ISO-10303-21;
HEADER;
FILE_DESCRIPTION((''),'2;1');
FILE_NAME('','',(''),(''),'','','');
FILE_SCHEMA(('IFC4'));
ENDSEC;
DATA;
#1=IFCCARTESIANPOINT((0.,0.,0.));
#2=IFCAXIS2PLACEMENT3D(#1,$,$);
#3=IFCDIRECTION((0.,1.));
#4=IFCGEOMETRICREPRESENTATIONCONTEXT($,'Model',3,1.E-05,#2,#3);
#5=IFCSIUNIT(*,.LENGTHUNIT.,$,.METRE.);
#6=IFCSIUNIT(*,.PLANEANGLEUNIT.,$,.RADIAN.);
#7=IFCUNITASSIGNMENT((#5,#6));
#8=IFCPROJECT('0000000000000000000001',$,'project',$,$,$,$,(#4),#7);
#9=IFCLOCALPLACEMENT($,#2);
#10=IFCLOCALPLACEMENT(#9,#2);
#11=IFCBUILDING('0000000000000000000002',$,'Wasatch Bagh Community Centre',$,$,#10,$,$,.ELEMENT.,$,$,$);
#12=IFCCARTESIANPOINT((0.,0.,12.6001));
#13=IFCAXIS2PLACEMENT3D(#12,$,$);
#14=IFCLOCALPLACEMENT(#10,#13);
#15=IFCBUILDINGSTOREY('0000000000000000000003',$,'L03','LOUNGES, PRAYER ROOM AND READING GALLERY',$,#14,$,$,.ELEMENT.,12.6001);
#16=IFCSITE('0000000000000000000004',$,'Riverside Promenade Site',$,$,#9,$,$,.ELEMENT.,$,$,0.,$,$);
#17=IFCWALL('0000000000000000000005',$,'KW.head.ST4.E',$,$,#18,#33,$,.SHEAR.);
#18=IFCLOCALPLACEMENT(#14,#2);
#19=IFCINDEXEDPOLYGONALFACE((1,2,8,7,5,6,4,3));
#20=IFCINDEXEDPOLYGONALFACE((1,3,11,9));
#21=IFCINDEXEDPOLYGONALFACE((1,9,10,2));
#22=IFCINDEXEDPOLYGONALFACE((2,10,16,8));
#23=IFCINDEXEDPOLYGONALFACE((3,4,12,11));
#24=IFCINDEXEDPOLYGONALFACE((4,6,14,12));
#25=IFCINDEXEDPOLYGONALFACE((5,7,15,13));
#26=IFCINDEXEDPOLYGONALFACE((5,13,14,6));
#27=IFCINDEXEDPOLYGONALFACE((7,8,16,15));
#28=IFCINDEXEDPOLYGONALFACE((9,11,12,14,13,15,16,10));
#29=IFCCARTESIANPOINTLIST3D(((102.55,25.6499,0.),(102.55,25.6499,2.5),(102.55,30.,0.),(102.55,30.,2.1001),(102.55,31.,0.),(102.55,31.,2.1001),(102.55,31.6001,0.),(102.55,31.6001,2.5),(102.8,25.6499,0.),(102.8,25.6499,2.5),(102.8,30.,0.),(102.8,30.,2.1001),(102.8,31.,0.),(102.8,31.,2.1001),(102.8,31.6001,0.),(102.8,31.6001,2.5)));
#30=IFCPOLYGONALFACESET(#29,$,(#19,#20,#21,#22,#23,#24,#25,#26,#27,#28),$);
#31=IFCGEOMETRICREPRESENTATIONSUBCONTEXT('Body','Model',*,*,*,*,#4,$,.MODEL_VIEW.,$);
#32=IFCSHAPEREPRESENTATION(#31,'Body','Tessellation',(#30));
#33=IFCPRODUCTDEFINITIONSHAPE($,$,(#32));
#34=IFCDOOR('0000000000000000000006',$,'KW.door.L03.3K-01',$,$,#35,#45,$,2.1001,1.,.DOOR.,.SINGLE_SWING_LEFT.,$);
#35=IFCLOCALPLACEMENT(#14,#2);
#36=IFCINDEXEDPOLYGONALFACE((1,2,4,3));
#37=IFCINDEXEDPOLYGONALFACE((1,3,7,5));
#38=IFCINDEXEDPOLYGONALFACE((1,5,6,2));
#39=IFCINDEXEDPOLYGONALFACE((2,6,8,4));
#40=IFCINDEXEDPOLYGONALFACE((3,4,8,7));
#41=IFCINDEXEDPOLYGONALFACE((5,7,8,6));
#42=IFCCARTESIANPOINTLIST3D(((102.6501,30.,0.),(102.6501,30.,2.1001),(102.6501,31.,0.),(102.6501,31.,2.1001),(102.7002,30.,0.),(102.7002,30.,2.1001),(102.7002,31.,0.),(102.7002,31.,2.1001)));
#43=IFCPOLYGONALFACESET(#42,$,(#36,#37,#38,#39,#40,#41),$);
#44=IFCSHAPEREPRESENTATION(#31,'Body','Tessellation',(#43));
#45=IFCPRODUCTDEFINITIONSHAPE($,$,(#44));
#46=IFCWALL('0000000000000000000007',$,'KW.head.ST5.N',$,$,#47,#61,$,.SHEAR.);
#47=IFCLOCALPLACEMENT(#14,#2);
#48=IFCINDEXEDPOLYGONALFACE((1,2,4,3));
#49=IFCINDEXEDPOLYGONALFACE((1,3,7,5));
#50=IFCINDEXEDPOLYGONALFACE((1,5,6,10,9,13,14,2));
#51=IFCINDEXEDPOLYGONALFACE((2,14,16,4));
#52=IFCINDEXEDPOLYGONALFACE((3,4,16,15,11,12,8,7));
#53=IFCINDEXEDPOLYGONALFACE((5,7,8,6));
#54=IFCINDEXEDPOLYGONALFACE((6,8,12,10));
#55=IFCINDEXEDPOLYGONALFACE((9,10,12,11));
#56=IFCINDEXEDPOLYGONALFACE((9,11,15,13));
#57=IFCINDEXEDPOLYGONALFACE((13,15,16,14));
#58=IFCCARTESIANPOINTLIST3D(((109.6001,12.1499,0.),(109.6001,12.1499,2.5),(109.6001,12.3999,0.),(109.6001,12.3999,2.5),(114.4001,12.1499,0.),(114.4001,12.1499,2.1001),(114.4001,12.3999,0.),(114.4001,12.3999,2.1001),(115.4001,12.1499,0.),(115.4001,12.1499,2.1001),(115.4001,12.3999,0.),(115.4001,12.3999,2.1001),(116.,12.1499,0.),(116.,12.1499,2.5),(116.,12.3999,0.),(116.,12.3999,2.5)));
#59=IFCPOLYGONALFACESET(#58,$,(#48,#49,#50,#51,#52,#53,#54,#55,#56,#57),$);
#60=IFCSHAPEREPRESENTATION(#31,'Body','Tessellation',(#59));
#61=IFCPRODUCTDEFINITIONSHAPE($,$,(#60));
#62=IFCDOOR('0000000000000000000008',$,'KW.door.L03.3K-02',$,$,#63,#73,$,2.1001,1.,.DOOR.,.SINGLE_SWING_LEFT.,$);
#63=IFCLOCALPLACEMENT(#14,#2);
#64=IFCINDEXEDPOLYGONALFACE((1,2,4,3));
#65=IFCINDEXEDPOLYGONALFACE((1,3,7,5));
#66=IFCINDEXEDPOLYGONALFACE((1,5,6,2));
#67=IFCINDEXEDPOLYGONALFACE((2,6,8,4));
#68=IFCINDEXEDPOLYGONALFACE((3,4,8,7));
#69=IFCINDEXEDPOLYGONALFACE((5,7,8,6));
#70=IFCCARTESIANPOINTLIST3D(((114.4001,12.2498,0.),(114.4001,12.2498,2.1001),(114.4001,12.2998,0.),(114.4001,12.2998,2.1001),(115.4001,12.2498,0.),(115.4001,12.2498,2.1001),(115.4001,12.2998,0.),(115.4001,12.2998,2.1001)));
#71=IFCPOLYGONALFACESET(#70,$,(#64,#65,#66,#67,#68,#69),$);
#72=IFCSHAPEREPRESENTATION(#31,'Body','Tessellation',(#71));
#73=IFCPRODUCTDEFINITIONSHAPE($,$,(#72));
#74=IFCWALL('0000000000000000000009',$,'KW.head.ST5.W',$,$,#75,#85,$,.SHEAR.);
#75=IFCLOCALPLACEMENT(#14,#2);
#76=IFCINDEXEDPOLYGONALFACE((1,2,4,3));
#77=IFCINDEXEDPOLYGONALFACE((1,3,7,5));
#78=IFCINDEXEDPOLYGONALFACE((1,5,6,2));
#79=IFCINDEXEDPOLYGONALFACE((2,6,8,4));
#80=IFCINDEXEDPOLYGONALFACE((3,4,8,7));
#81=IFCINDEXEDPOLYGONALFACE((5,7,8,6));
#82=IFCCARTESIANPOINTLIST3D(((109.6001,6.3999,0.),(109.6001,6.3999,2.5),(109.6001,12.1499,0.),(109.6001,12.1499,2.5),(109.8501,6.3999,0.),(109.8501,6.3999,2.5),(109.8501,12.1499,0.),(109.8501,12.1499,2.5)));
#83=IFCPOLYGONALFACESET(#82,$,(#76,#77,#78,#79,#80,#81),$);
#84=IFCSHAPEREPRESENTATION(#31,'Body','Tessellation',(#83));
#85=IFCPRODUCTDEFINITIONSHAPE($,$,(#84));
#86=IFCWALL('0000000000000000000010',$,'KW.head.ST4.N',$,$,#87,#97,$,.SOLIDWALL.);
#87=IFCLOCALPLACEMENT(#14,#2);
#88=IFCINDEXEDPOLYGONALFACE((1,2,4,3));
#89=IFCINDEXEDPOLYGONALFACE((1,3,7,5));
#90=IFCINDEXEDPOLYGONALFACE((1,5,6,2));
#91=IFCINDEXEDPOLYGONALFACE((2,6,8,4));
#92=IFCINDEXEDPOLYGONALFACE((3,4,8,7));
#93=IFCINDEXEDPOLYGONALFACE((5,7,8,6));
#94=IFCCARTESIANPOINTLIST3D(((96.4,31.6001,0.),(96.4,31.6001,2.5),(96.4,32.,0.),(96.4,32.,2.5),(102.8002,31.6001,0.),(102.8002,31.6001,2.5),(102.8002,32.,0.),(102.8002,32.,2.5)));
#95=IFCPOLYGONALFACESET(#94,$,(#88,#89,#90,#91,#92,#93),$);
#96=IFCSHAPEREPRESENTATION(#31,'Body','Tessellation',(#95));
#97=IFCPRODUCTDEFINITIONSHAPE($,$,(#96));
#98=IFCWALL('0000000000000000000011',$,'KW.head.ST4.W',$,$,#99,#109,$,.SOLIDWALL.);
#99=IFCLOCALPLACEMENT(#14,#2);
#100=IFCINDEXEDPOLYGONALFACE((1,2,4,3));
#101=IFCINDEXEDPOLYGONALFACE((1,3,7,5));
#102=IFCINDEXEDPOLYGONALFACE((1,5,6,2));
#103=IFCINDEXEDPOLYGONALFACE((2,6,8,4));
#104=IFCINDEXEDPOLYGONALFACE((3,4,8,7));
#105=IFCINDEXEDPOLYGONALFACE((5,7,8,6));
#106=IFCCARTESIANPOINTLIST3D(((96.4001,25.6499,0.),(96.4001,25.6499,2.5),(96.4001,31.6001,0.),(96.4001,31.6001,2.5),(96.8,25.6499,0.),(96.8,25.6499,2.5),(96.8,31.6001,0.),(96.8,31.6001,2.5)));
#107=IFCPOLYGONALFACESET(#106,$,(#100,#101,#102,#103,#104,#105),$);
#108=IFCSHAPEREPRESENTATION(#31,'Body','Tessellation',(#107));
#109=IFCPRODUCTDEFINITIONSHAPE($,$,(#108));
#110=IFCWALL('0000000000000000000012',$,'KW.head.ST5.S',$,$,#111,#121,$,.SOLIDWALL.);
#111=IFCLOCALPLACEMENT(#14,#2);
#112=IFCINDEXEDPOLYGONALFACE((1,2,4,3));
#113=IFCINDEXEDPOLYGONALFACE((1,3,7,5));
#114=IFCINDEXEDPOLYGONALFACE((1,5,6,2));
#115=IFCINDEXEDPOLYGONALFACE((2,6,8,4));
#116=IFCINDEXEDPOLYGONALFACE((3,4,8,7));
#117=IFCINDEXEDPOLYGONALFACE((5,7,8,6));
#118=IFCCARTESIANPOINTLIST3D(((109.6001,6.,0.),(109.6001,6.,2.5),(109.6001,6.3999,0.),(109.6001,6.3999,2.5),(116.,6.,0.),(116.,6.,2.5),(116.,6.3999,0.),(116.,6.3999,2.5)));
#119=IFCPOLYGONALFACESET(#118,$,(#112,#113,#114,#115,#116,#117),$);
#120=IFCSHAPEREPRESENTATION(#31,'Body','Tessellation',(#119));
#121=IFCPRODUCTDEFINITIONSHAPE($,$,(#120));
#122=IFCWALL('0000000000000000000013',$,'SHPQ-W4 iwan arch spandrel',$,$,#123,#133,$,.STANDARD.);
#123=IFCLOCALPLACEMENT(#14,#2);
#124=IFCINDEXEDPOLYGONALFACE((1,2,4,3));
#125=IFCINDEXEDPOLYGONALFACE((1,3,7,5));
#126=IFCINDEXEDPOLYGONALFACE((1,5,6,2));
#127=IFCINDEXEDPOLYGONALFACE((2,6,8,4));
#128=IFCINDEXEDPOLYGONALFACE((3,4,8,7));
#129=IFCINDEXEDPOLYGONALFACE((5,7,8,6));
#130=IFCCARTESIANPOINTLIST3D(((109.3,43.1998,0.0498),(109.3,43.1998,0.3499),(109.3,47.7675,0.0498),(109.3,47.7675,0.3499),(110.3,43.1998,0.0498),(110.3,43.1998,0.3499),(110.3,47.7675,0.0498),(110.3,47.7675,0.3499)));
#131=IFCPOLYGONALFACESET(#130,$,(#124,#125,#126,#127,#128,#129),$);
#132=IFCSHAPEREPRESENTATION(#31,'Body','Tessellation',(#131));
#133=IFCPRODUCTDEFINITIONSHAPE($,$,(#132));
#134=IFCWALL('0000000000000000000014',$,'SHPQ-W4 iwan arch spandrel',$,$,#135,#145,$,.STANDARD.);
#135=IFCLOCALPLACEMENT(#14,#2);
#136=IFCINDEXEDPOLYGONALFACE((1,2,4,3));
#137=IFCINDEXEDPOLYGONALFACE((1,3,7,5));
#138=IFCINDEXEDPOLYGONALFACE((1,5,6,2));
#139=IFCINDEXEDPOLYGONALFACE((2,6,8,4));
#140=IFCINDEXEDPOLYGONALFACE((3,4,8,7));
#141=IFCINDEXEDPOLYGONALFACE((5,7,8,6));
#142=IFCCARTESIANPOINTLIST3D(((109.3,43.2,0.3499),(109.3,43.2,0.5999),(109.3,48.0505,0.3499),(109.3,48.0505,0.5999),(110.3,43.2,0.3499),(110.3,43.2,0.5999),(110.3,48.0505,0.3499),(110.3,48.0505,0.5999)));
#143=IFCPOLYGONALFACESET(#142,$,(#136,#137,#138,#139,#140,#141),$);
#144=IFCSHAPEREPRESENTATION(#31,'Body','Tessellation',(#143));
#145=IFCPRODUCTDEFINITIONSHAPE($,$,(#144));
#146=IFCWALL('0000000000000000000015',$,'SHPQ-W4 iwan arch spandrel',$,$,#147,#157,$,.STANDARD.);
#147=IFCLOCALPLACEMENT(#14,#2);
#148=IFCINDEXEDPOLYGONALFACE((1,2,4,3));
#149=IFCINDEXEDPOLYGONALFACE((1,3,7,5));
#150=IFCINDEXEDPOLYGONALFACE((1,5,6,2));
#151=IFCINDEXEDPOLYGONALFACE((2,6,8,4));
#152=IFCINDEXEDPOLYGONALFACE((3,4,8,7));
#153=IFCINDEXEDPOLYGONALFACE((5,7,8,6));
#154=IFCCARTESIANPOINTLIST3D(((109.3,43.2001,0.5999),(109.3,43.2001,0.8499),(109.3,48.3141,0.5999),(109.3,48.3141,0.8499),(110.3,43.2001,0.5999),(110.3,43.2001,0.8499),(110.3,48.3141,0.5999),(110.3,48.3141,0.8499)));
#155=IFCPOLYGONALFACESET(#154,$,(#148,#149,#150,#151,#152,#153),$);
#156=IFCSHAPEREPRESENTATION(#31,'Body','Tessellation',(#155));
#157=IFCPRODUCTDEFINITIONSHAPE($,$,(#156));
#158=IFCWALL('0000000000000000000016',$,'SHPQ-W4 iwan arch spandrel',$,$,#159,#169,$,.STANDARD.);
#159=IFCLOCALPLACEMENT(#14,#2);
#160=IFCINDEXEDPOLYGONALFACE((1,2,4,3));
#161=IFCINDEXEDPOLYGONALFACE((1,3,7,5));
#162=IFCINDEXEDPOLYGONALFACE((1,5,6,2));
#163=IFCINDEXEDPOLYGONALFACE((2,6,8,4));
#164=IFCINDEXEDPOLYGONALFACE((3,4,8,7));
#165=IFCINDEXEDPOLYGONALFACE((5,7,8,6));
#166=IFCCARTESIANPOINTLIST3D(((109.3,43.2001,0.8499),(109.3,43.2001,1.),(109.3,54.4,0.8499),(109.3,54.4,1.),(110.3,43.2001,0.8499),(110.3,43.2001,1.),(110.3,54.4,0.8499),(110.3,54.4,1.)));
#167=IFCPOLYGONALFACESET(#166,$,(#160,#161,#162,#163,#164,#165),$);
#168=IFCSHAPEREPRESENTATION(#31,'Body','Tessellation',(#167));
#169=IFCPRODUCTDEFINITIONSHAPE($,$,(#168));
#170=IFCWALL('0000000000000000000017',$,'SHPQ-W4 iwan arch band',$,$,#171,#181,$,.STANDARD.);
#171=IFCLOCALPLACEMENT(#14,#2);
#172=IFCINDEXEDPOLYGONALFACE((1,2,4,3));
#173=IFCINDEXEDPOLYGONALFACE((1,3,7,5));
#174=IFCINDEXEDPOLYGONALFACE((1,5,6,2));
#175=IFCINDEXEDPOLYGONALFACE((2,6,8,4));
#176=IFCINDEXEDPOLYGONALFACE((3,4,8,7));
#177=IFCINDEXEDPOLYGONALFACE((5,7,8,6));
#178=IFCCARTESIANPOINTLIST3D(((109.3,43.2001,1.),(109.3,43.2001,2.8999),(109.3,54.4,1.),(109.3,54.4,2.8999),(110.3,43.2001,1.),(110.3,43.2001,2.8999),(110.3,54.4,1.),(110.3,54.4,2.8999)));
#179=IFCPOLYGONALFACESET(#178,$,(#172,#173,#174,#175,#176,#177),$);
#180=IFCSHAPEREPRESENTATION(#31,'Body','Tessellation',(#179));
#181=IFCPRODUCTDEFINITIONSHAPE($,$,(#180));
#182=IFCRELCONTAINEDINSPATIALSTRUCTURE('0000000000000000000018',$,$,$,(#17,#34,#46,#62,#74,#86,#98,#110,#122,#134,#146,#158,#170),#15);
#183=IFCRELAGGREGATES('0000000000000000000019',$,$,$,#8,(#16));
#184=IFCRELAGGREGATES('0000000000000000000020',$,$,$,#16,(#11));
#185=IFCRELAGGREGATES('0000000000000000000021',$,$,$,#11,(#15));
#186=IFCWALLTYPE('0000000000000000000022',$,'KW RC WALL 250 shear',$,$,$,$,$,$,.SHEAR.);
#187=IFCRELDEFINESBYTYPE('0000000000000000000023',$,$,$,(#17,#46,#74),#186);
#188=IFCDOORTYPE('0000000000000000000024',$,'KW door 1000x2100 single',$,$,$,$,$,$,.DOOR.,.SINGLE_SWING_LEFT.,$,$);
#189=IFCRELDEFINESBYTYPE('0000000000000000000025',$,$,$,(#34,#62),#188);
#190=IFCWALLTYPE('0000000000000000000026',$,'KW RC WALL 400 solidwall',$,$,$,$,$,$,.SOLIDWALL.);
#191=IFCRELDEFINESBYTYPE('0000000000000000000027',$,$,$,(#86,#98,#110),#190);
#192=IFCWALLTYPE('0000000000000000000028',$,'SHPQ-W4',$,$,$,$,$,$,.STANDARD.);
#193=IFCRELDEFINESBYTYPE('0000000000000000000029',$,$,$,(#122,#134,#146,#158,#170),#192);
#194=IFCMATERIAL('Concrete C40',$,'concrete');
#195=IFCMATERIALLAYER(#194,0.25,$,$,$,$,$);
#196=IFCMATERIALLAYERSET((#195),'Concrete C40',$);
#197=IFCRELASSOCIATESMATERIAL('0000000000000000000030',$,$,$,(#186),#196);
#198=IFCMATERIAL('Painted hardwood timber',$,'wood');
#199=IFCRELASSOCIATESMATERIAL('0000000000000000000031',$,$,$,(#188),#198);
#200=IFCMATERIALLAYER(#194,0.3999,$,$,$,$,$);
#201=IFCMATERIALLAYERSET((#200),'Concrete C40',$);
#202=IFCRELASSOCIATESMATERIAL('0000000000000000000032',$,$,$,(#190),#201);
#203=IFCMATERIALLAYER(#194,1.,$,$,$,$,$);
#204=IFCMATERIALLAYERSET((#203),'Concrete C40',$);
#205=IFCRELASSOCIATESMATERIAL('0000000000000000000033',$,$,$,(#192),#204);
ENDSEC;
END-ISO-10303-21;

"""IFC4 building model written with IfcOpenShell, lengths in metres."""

from ifc_helpers import new_model, si_unit, direction, frame, frame_2d, origin, place, context, subcontext, project, spatial, rectangle, extrude, material, layer, layer_set, type_object, element, fill, save


model = new_model("IFC4")

# Units and contexts
model_context = context("Model", 3, precision=1e-05, world=origin(), true_north=direction((0.0, 1.0)))
body_context = subcontext(model_context, "Body", "Model", "MODEL_VIEW")
ifc_project = project(units=[si_unit("LENGTHUNIT", "METRE"), si_unit("PLANEANGLEUNIT", "RADIAN")], contexts=[model_context])

# Site, building, storey
site_placement = place(None, origin())
site = spatial("IfcSite", under=ifc_project, at=site_placement, Name="Riverside Promenade Site", CompositionType="ELEMENT", RefElevation=0.0)
building_placement = place(site_placement, origin())
building = spatial("IfcBuilding", under=site, at=building_placement, Name="Wasatch Bagh Community Centre", CompositionType="ELEMENT")
storey_placement = place(building_placement, frame((0.0, 0.0, 12.6001)))
storey = spatial("IfcBuildingStorey", under=building, at=storey_placement, Name="L03", Description="LOUNGES, PRAYER ROOM AND READING GALLERY", CompositionType="ELEMENT", Elevation=12.6001)

# Shared definitions
ifc_material_1 = material(Name="Concrete C40", Category="concrete")
ifc_layer_1 = layer(ifc_material_1, 0.25)
ifc_layer_set_1 = layer_set([ifc_layer_1], Name="Concrete C40")
wall_type_1 = type_object("IfcWallType", Name="KW RC WALL 250 shear", PredefinedType="SHEAR", material=ifc_layer_set_1)

# Walls, openings, doors
wall_1_placement = place(storey_placement, frame((102.675, 25.6499, 0.0), z_axis=(0.0, 0.0, 1.0), x_axis=(0.0, 1.0, 0.0)))
wall_1 = element("IfcWall", 1, at=wall_1_placement, inside=storey, type_object=wall_type_1, Name="KW.head.ST4.E", PredefinedType="SHEAR", context=body_context, shape_type="SweptSolid", body=[
    extrude(rectangle(XDim=5.9502, YDim=0.25, at=frame_2d((2.9751, 0.0))), origin(), (0.0, 0.0, 1.0), 2.5),
])
opening_1_placement = place(wall_1_placement, frame((4.3501, 0.0, 0.0)))
opening_1 = element("IfcOpeningElement", 2, at=opening_1_placement, cuts=wall_1, PredefinedType="OPENING", context=body_context, shape_type="SweptSolid", body=[
    extrude(rectangle(XDim=1.0, YDim=2.1001, at=frame_2d((0.5, 1.05))), frame((0.0, 0.135, 0.0), z_axis=(0.0, -1.0, 0.0), x_axis=(1.0, 0.0, 0.0)), (0.0, 0.0, 1.0), 0.27),
])
ifc_material_2 = material(Name="Painted hardwood timber", Category="wood")
door_type = type_object("IfcDoorType", Name="KW door 1000x2100 single", OperationType="SINGLE_SWING_LEFT", PredefinedType="DOOR", material=ifc_material_2)
door_1_placement = place(opening_1_placement, origin())
door_1 = element("IfcDoor", 3, at=door_1_placement, inside=storey, type_object=door_type, Name="KW.door.L03.3K-01", OperationType="SINGLE_SWING_LEFT", OverallHeight=2.1001, OverallWidth=1.0, PredefinedType="DOOR", context=body_context, shape_type="SweptSolid", body=[
    extrude(rectangle(XDim=1.0, YDim=2.1001, at=frame_2d((0.5, 1.05))), frame((0.0, 0.0249, 0.0), z_axis=(0.0, -1.0, 0.0), x_axis=(1.0, 0.0, 0.0)), (0.0, 0.0, 1.0), 0.05),
])
fill(opening_1, door_1)
wall_2_placement = place(storey_placement, frame((109.6001, 12.2749, 0.0), z_axis=(0.0, 0.0, 1.0), x_axis=(1.0, 0.0, 0.0)))
wall_2 = element("IfcWall", 4, at=wall_2_placement, inside=storey, type_object=wall_type_1, Name="KW.head.ST5.N", PredefinedType="SHEAR", context=body_context, shape_type="SweptSolid", body=[
    extrude(rectangle(XDim=6.3999, YDim=0.25, at=frame_2d((3.2, 0.0))), origin(), (0.0, 0.0, 1.0), 2.5),
])
opening_2_placement = place(wall_2_placement, frame((4.8, 0.0, 0.0)))
opening_2 = element("IfcOpeningElement", 5, at=opening_2_placement, cuts=wall_2, PredefinedType="OPENING", context=body_context, shape_type="SweptSolid", body=[
    extrude(rectangle(XDim=1.0, YDim=2.1001, at=frame_2d((0.5, 1.05))), frame((0.0, 0.135, 0.0), z_axis=(0.0, -1.0, 0.0), x_axis=(1.0, 0.0, 0.0)), (0.0, 0.0, 1.0), 0.27),
])
door_2_placement = place(opening_2_placement, origin())
door_2 = element("IfcDoor", 6, at=door_2_placement, inside=storey, type_object=door_type, Name="KW.door.L03.3K-02", OperationType="SINGLE_SWING_LEFT", OverallHeight=2.1001, OverallWidth=1.0, PredefinedType="DOOR", context=body_context, shape_type="SweptSolid", body=[
    extrude(rectangle(XDim=1.0, YDim=2.1001, at=frame_2d((0.5, 1.05))), frame((0.0, 0.0249, 0.0), z_axis=(0.0, -1.0, 0.0), x_axis=(1.0, 0.0, 0.0)), (0.0, 0.0, 1.0), 0.05),
])
fill(opening_2, door_2)

# Walls
wall_3_placement = place(storey_placement, frame((109.7251, 6.3999, 0.0), z_axis=(0.0, 0.0, 1.0), x_axis=(0.0, 1.0, 0.0)))
element("IfcWall", 7, at=wall_3_placement, inside=storey, type_object=wall_type_1, Name="KW.head.ST5.W", PredefinedType="SHEAR", context=body_context, shape_type="SweptSolid", body=[
    extrude(rectangle(XDim=5.75, YDim=0.25, at=frame_2d((2.875, 0.0))), origin(), (0.0, 0.0, 1.0), 2.5),
])
ifc_layer_2 = layer(ifc_material_1, 0.3999)
ifc_layer_set_2 = layer_set([ifc_layer_2], Name="Concrete C40")
wall_type_2 = type_object("IfcWallType", Name="KW RC WALL 400 solidwall", PredefinedType="SOLIDWALL", material=ifc_layer_set_2)
wall_4_placement = place(storey_placement, frame((96.3999, 31.8, 0.0), z_axis=(0.0, 0.0, 1.0), x_axis=(1.0, 0.0, 0.0)))
element("IfcWall", 8, at=wall_4_placement, inside=storey, type_object=wall_type_2, Name="KW.head.ST4.N", PredefinedType="SOLIDWALL", context=body_context, shape_type="SweptSolid", body=[
    extrude(rectangle(XDim=6.4001, YDim=0.3999, at=frame_2d((3.2002, 0.0))), origin(), (0.0, 0.0, 1.0), 2.5),
])
wall_5_placement = place(storey_placement, frame((96.6001, 25.6499, 0.0), z_axis=(0.0, 0.0, 1.0), x_axis=(0.0, 1.0, 0.0)))
element("IfcWall", 9, at=wall_5_placement, inside=storey, type_object=wall_type_2, Name="KW.head.ST4.W", PredefinedType="SOLIDWALL", context=body_context, shape_type="SweptSolid", body=[
    extrude(rectangle(XDim=5.9502, YDim=0.3999, at=frame_2d((2.9751, 0.0))), origin(), (0.0, 0.0, 1.0), 2.5),
])
wall_6_placement = place(storey_placement, frame((109.6001, 6.2, 0.0), z_axis=(0.0, 0.0, 1.0), x_axis=(1.0, 0.0, 0.0)))
element("IfcWall", 10, at=wall_6_placement, inside=storey, type_object=wall_type_2, Name="KW.head.ST5.S", PredefinedType="SOLIDWALL", context=body_context, shape_type="SweptSolid", body=[
    extrude(rectangle(XDim=6.3999, YDim=0.3999, at=frame_2d((3.2, 0.0))), origin(), (0.0, 0.0, 1.0), 2.5),
])
ifc_layer_3 = layer(ifc_material_1, 1.0)
ifc_layer_set_3 = layer_set([ifc_layer_3], Name="Concrete C40")
wall_type_3 = type_object("IfcWallType", Name="SHPQ-W4", PredefinedType="STANDARD", material=ifc_layer_set_3)
wall_7_placement = place(storey_placement, frame((109.8, 43.2, 0.0498), z_axis=(0.0, 0.0, 1.0), x_axis=(0.0, 1.0, 0.0)))
element("IfcWall", 11, at=wall_7_placement, inside=storey, type_object=wall_type_3, Name="SHPQ-W4 iwan arch spandrel", PredefinedType="STANDARD", context=body_context, shape_type="SweptSolid", body=[
    extrude(rectangle(XDim=4.5676, YDim=1.0, at=frame_2d((2.2837, 0.0))), origin(), (0.0, 0.0, 1.0), 0.3),
])
wall_8_placement = place(storey_placement, frame((109.8, 43.2, 0.3499), z_axis=(0.0, 0.0, 1.0), x_axis=(0.0, 1.0, 0.0)))
element("IfcWall", 12, at=wall_8_placement, inside=storey, type_object=wall_type_3, Name="SHPQ-W4 iwan arch spandrel", PredefinedType="STANDARD", context=body_context, shape_type="SweptSolid", body=[
    extrude(rectangle(XDim=4.8506, YDim=1.0, at=frame_2d((2.4253, 0.0))), origin(), (0.0, 0.0, 1.0), 0.25),
])
wall_9_placement = place(storey_placement, frame((109.8, 43.2, 0.5999), z_axis=(0.0, 0.0, 1.0), x_axis=(0.0, 1.0, 0.0)))
element("IfcWall", 13, at=wall_9_placement, inside=storey, type_object=wall_type_3, Name="SHPQ-W4 iwan arch spandrel", PredefinedType="STANDARD", context=body_context, shape_type="SweptSolid", body=[
    extrude(rectangle(XDim=5.114, YDim=1.0, at=frame_2d((2.5571, 0.0))), origin(), (0.0, 0.0, 1.0), 0.25),
])
wall_10_placement = place(storey_placement, frame((109.8, 43.2, 0.8499), z_axis=(0.0, 0.0, 1.0), x_axis=(0.0, 1.0, 0.0)))
element("IfcWall", 14, at=wall_10_placement, inside=storey, type_object=wall_type_3, Name="SHPQ-W4 iwan arch spandrel", PredefinedType="STANDARD", context=body_context, shape_type="SweptSolid", body=[
    extrude(rectangle(XDim=11.2, YDim=1.0, at=frame_2d((5.6001, 0.0))), origin(), (0.0, 0.0, 1.0), 0.1501),
])
wall_11_placement = place(storey_placement, frame((109.8, 43.2, 1.0), z_axis=(0.0, 0.0, 1.0), x_axis=(0.0, 1.0, 0.0)))
element("IfcWall", 15, at=wall_11_placement, inside=storey, type_object=wall_type_3, Name="SHPQ-W4 iwan arch band", PredefinedType="STANDARD", context=body_context, shape_type="SweptSolid", body=[
    extrude(rectangle(XDim=11.2, YDim=1.0, at=frame_2d((5.6001, 0.0))), origin(), (0.0, 0.0, 1.0), 1.8999),
])

save(model, "model.ifc")
